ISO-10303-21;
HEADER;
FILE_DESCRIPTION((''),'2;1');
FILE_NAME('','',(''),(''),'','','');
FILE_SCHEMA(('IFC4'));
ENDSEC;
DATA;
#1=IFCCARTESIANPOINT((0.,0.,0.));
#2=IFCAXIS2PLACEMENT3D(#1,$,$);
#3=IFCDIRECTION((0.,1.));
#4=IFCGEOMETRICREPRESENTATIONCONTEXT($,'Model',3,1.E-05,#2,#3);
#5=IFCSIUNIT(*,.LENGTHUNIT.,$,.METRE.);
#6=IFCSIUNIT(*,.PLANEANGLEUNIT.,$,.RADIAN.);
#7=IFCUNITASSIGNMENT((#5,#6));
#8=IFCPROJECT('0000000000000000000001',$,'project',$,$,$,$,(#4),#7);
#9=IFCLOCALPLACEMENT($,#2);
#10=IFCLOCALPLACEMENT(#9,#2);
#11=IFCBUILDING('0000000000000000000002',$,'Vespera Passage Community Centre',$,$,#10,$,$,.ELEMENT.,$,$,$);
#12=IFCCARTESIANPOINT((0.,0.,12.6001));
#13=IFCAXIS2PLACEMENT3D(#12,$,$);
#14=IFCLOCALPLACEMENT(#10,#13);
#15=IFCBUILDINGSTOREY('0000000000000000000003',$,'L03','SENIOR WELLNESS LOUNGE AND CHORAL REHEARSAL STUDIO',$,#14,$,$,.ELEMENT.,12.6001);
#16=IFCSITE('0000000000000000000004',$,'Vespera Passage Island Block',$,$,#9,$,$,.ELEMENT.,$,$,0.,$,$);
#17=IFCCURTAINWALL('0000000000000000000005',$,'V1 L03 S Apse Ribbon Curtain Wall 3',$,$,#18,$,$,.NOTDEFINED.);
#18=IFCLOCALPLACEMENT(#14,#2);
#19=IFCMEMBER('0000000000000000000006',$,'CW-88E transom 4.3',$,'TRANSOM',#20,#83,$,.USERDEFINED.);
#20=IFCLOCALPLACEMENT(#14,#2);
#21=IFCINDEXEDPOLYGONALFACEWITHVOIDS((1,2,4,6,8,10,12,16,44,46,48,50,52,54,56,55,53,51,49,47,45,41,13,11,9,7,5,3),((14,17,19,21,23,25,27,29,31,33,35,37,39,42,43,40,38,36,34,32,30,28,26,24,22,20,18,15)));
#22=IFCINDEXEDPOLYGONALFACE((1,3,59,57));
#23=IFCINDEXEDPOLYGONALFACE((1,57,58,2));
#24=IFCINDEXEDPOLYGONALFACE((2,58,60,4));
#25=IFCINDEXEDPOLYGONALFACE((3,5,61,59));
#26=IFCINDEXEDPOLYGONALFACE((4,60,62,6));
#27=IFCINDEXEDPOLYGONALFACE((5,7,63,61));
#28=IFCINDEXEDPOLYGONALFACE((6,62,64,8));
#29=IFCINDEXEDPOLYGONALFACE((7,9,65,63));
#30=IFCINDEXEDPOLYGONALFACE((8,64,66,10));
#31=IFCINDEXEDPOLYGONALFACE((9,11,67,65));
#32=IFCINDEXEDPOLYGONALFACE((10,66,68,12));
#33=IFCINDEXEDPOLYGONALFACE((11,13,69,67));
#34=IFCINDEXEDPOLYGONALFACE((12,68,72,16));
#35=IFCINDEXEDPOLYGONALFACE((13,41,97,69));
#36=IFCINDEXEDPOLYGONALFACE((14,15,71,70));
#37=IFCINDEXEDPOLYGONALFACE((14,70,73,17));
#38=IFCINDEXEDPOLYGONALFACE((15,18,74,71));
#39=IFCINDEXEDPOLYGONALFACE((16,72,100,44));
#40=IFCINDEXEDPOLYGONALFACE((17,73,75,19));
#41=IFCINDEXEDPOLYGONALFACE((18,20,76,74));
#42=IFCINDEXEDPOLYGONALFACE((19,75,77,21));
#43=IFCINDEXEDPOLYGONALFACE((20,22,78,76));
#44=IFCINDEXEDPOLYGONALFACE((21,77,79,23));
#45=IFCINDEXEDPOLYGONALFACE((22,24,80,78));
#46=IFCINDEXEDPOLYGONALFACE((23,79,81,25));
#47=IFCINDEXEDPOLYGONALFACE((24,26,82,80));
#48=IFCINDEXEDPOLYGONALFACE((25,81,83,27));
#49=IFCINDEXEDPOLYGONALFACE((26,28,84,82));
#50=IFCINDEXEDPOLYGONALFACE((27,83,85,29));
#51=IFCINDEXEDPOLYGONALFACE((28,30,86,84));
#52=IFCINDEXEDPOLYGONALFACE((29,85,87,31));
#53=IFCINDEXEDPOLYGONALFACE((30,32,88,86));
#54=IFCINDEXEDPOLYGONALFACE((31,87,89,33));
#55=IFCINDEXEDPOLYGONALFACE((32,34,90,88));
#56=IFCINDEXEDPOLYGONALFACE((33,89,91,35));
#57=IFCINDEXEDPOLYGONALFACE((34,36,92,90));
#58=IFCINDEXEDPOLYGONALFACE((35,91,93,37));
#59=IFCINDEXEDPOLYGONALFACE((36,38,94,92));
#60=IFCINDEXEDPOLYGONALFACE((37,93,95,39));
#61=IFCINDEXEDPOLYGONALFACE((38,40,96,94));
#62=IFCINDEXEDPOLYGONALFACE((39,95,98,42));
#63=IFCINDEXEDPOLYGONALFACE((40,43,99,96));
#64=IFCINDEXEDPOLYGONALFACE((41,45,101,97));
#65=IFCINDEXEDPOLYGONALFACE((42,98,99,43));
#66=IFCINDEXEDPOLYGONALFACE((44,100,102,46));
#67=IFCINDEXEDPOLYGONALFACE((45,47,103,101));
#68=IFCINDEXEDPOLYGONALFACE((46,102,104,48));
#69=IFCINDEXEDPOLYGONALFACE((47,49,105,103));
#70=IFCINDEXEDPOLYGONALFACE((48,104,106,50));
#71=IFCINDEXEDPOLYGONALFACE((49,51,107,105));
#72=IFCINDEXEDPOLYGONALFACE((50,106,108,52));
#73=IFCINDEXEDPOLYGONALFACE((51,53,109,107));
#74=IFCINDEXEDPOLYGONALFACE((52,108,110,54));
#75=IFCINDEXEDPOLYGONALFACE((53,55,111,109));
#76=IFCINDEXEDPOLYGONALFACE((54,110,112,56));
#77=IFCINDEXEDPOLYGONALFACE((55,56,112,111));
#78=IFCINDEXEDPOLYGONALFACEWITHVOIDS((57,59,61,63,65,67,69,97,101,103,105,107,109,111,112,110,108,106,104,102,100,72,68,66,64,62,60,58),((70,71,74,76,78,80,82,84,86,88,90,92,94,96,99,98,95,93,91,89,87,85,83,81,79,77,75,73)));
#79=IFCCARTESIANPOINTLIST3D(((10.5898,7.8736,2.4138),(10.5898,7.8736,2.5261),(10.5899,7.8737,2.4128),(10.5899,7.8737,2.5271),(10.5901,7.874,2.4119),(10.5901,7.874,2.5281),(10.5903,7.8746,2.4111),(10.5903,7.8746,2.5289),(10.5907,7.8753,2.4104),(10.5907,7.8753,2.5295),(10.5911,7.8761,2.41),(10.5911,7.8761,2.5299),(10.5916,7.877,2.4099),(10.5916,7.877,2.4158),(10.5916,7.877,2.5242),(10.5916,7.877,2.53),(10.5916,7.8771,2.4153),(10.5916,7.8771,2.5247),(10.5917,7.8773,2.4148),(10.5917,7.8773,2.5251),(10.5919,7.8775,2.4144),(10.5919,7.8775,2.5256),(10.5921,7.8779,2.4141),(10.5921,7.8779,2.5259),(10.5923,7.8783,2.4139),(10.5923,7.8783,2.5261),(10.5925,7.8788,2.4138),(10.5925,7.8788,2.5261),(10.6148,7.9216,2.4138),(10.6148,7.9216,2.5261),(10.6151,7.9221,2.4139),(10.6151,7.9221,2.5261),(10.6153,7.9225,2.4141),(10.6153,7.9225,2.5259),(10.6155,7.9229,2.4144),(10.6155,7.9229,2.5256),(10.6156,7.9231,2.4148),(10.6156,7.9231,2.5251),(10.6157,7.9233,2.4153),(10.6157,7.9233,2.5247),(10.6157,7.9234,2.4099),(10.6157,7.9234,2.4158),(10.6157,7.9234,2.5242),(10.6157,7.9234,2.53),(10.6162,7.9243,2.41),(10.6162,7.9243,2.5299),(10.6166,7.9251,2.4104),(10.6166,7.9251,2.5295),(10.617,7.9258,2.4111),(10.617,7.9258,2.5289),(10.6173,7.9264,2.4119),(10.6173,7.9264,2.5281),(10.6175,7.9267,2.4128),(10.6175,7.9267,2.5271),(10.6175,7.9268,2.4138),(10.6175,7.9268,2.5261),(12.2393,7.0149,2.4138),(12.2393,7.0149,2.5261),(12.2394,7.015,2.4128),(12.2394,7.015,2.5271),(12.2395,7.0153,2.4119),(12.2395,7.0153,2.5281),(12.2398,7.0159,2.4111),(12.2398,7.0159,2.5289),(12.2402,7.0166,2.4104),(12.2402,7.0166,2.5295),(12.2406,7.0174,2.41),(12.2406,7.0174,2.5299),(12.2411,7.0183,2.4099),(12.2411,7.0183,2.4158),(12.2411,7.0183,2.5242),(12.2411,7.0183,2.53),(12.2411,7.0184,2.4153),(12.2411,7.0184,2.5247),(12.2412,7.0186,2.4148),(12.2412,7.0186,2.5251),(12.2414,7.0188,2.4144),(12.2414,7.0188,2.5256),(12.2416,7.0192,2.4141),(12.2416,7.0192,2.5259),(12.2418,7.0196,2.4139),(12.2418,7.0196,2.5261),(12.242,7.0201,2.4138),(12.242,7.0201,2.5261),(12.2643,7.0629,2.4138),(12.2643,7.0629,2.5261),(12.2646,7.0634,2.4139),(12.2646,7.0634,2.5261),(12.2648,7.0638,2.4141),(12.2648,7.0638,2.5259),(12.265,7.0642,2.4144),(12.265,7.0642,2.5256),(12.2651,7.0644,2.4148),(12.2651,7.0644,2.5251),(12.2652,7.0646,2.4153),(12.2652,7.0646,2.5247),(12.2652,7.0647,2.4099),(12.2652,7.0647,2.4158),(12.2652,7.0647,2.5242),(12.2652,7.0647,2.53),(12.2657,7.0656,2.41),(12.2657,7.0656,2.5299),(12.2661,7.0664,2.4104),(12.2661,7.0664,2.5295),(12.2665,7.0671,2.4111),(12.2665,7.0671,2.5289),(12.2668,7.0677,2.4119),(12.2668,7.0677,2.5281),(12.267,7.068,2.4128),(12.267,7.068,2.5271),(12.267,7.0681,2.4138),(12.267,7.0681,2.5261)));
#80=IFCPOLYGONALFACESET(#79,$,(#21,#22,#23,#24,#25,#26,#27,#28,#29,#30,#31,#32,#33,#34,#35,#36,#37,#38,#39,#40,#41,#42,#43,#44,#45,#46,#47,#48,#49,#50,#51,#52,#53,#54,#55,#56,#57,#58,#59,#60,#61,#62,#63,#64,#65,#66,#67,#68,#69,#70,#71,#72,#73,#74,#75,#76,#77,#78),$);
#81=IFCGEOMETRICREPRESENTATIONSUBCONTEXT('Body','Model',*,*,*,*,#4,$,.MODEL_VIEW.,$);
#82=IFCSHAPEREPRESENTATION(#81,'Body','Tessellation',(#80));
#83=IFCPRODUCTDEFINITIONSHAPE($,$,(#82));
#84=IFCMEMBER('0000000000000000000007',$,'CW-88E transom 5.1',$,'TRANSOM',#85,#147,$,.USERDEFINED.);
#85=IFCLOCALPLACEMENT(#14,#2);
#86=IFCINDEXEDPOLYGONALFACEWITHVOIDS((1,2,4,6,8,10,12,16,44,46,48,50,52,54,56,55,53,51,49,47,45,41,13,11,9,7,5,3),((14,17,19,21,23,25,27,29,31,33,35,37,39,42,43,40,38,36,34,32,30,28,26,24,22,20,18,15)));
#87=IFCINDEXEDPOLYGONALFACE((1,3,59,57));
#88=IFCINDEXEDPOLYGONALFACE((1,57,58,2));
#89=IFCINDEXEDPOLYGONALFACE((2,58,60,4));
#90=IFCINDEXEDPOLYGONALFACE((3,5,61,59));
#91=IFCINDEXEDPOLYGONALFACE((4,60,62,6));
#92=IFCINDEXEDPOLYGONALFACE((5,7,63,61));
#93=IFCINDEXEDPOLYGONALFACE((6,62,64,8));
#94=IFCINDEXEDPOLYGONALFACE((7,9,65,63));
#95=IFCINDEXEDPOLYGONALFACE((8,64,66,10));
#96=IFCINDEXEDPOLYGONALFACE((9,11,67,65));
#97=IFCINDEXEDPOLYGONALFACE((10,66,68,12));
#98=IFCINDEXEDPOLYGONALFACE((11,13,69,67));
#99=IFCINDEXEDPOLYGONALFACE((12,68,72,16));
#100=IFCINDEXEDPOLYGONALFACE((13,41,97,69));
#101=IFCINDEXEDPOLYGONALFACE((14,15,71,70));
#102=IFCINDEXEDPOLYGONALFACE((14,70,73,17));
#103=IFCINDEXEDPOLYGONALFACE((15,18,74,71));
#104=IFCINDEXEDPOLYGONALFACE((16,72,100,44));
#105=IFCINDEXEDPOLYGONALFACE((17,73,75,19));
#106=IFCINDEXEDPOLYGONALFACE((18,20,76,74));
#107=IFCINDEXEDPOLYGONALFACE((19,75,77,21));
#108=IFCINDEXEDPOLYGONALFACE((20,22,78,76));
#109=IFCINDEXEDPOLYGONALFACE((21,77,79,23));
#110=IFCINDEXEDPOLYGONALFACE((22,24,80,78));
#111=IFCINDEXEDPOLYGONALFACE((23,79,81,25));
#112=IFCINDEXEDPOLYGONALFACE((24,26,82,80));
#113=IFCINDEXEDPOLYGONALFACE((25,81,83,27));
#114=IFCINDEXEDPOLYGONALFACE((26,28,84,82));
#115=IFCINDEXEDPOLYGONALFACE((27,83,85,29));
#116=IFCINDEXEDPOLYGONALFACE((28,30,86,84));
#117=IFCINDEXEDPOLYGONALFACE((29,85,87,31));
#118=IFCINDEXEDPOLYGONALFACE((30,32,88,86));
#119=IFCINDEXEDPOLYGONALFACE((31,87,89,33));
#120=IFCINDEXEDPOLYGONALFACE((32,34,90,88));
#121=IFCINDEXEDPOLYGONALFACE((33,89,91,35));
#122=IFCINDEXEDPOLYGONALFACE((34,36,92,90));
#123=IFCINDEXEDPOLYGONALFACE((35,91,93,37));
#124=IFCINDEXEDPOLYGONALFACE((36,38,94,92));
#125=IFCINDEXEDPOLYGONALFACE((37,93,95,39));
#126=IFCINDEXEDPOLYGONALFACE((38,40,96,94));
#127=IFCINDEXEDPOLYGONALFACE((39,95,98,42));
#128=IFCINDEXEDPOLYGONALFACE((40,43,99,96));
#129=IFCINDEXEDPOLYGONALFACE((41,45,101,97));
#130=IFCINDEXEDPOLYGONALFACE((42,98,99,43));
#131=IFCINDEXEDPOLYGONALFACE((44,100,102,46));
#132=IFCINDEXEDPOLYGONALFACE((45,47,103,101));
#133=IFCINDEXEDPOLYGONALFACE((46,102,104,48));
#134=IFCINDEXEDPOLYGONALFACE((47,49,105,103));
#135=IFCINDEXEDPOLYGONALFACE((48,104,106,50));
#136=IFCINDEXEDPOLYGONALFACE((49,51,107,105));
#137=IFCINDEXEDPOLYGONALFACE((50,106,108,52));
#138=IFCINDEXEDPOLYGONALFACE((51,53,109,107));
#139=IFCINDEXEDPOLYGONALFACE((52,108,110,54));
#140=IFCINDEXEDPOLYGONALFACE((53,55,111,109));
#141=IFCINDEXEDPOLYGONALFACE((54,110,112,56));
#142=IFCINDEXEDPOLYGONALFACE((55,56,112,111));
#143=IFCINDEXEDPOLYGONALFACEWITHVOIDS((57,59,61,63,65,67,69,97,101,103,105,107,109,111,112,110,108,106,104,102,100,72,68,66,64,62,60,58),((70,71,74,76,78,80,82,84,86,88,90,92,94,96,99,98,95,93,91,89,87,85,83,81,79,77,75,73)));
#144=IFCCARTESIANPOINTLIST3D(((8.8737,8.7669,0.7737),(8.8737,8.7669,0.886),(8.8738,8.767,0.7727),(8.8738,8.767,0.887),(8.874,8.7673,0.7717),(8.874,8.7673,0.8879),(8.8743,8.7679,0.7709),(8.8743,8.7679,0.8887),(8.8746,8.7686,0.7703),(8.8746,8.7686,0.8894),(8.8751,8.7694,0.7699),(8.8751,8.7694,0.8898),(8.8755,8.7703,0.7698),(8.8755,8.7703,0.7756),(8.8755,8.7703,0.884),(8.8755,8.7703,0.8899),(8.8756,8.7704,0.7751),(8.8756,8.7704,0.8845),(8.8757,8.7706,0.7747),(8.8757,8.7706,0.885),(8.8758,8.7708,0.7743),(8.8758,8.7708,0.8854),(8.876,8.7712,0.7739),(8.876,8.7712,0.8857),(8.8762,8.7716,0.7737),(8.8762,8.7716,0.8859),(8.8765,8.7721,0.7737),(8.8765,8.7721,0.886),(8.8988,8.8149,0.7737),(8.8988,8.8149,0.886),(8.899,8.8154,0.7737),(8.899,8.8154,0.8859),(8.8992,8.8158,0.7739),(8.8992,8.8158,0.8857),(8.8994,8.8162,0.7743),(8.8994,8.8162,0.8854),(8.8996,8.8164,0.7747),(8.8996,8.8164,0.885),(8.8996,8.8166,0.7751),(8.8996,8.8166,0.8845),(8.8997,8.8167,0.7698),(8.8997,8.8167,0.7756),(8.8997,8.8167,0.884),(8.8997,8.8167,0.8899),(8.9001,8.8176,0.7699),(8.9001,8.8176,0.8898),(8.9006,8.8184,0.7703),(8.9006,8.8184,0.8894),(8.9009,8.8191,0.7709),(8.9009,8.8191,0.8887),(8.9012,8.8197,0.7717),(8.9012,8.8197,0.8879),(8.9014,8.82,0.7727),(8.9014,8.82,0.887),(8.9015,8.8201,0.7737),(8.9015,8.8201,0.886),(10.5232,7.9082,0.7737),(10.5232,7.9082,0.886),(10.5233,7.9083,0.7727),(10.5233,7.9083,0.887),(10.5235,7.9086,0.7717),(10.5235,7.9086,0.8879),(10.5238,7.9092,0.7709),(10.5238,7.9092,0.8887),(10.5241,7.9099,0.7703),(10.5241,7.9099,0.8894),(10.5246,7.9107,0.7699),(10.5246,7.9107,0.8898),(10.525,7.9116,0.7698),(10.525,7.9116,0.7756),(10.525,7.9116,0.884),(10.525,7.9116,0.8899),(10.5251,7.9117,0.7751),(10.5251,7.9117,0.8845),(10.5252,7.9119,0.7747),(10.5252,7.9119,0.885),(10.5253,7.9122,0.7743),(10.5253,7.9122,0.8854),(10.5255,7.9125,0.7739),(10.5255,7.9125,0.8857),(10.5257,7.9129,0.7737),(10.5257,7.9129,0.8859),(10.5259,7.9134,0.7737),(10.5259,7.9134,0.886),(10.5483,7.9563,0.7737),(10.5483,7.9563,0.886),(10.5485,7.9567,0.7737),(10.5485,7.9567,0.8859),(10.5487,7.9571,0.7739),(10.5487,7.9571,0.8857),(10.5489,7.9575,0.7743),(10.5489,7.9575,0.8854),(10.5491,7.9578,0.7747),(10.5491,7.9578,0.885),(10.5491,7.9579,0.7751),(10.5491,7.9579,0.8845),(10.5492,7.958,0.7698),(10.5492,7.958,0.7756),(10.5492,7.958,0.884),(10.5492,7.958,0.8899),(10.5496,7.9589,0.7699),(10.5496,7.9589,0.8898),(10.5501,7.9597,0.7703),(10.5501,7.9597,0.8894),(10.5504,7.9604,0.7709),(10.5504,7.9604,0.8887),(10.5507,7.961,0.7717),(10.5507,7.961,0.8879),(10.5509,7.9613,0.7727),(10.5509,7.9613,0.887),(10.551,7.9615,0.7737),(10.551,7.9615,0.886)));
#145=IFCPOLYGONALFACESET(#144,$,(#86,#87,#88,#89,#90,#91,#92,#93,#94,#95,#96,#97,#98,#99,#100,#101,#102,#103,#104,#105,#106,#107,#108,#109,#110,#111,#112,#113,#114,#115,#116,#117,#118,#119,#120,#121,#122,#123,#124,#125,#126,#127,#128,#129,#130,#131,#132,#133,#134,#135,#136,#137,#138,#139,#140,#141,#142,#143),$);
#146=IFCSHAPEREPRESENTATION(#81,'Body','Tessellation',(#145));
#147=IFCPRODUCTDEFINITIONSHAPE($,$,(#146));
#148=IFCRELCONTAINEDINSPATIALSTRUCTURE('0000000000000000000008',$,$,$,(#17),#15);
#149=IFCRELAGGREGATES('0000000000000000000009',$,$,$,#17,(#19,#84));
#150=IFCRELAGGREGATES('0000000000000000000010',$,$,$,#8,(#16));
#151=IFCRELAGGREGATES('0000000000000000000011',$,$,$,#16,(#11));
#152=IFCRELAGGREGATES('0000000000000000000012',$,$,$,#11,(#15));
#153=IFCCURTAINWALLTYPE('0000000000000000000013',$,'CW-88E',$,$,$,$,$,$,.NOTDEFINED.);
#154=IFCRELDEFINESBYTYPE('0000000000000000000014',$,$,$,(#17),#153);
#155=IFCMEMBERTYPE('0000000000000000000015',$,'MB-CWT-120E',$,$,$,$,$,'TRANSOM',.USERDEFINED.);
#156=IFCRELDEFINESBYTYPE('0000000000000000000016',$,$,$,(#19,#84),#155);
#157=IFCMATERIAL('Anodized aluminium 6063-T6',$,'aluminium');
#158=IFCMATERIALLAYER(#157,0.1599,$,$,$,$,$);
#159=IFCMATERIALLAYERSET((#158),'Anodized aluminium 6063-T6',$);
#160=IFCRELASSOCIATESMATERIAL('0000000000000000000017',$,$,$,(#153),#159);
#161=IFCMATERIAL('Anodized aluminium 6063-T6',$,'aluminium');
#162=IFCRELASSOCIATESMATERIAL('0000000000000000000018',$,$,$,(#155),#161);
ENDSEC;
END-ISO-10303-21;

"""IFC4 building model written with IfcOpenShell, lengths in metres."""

from ifc_helpers import new_model, si_unit, direction, frame, origin, origin_2d, place, context, subcontext, project, spatial, hollow_rectangle, extrude, material, layer, layer_set, material_profile, profile_set, type_object, element, aggregate, save


model = new_model("IFC4")

# Units and contexts
model_context = context("Model", 3, precision=1e-05, world=origin(), true_north=direction((0.0, 1.0)))
body_context = subcontext(model_context, "Body", "Model", "MODEL_VIEW")
ifc_project = project(units=[si_unit("LENGTHUNIT", "METRE"), si_unit("PLANEANGLEUNIT", "RADIAN")], contexts=[model_context])

# Site, building, storey
site_placement = place(None, origin())
site = spatial("IfcSite", under=ifc_project, at=site_placement, Name="Vespera Passage Island Block", CompositionType="ELEMENT", RefElevation=0.0)
building_placement = place(site_placement, origin())
building = spatial("IfcBuilding", under=site, at=building_placement, Name="Vespera Passage Community Centre", CompositionType="ELEMENT")
storey_placement = place(building_placement, frame((0.0, 0.0, 12.6001)))
storey = spatial("IfcBuildingStorey", under=building, at=storey_placement, Name="L03", Description="SENIOR WELLNESS LOUNGE AND CHORAL REHEARSAL STUDIO", CompositionType="ELEMENT", Elevation=12.6001)

# Curtain wall, members
ifc_material_1 = material(Name="Anodized aluminium 6063-T6", Category="aluminium")
ifc_layer_1 = layer(ifc_material_1, 0.1599)
ifc_layer_set_1 = layer_set([ifc_layer_1], Name="Anodized aluminium 6063-T6")
curtain_wall_type = type_object("IfcCurtainWallType", Name="CW-88E", PredefinedType="NOTDEFINED", material=ifc_layer_set_1)
curtain_wall_placement = place(storey_placement, origin())
curtain_wall = element("IfcCurtainWall", 1, at=curtain_wall_placement, inside=storey, type_object=curtain_wall_type, Name="V1 L03 S Apse Ribbon Curtain Wall 3", PredefinedType="NOTDEFINED")
ifc_material_2 = material(Name="Anodized aluminium 6063-T6", Category="aluminium")
ifc_material_profile_1 = material_profile(ifc_material_2, hollow_rectangle(XDim=0.0601, YDim=0.1201, WallThickness=0.0039, InnerFilletRadius=0.002, OuterFilletRadius=0.0039, at=origin_2d()), Name="ALU120X60X4")
ifc_profile_set_1 = profile_set([ifc_material_profile_1], Name="Anodized aluminium 6063-T6")
member_type_1 = type_object("IfcMemberType", Name="MB-CWT-120E", ElementType="TRANSOM", PredefinedType="USERDEFINED", material=ifc_profile_set_1)
member_1_placement = place(storey_placement, frame((12.2532, 7.0415, 2.47), z_axis=(-0.887008, 0.461754, 0.0), x_axis=(-0.461754, -0.887008, 0.0)))
member_1 = element("IfcMember", 2, at=member_1_placement, type_object=member_type_1, Name="CW-88E transom 4.3", ObjectType="TRANSOM", PredefinedType="USERDEFINED", context=body_context, shape_type="SweptSolid", body=[
    extrude(hollow_rectangle(XDim=0.0601, YDim=0.1201, WallThickness=0.0039, InnerFilletRadius=0.002, OuterFilletRadius=0.0039, at=origin_2d()), origin(), (0.0, 0.0, 1.0), 1.8596),
])
member_2_placement = place(storey_placement, frame((10.5371, 7.9348, 0.8298), z_axis=(-0.887008, 0.461754, 0.0), x_axis=(-0.461754, -0.887008, 0.0)))
member_2 = element("IfcMember", 3, at=member_2_placement, type_object=member_type_1, Name="CW-88E transom 5.1", ObjectType="TRANSOM", PredefinedType="USERDEFINED", context=body_context, shape_type="SweptSolid", body=[
    extrude(hollow_rectangle(XDim=0.0601, YDim=0.1201, WallThickness=0.0039, InnerFilletRadius=0.002, OuterFilletRadius=0.0039, at=origin_2d()), origin(), (0.0, 0.0, 1.0), 1.8596),
])
aggregate(curtain_wall, [member_1, member_2])

save(model, "model.ifc")
